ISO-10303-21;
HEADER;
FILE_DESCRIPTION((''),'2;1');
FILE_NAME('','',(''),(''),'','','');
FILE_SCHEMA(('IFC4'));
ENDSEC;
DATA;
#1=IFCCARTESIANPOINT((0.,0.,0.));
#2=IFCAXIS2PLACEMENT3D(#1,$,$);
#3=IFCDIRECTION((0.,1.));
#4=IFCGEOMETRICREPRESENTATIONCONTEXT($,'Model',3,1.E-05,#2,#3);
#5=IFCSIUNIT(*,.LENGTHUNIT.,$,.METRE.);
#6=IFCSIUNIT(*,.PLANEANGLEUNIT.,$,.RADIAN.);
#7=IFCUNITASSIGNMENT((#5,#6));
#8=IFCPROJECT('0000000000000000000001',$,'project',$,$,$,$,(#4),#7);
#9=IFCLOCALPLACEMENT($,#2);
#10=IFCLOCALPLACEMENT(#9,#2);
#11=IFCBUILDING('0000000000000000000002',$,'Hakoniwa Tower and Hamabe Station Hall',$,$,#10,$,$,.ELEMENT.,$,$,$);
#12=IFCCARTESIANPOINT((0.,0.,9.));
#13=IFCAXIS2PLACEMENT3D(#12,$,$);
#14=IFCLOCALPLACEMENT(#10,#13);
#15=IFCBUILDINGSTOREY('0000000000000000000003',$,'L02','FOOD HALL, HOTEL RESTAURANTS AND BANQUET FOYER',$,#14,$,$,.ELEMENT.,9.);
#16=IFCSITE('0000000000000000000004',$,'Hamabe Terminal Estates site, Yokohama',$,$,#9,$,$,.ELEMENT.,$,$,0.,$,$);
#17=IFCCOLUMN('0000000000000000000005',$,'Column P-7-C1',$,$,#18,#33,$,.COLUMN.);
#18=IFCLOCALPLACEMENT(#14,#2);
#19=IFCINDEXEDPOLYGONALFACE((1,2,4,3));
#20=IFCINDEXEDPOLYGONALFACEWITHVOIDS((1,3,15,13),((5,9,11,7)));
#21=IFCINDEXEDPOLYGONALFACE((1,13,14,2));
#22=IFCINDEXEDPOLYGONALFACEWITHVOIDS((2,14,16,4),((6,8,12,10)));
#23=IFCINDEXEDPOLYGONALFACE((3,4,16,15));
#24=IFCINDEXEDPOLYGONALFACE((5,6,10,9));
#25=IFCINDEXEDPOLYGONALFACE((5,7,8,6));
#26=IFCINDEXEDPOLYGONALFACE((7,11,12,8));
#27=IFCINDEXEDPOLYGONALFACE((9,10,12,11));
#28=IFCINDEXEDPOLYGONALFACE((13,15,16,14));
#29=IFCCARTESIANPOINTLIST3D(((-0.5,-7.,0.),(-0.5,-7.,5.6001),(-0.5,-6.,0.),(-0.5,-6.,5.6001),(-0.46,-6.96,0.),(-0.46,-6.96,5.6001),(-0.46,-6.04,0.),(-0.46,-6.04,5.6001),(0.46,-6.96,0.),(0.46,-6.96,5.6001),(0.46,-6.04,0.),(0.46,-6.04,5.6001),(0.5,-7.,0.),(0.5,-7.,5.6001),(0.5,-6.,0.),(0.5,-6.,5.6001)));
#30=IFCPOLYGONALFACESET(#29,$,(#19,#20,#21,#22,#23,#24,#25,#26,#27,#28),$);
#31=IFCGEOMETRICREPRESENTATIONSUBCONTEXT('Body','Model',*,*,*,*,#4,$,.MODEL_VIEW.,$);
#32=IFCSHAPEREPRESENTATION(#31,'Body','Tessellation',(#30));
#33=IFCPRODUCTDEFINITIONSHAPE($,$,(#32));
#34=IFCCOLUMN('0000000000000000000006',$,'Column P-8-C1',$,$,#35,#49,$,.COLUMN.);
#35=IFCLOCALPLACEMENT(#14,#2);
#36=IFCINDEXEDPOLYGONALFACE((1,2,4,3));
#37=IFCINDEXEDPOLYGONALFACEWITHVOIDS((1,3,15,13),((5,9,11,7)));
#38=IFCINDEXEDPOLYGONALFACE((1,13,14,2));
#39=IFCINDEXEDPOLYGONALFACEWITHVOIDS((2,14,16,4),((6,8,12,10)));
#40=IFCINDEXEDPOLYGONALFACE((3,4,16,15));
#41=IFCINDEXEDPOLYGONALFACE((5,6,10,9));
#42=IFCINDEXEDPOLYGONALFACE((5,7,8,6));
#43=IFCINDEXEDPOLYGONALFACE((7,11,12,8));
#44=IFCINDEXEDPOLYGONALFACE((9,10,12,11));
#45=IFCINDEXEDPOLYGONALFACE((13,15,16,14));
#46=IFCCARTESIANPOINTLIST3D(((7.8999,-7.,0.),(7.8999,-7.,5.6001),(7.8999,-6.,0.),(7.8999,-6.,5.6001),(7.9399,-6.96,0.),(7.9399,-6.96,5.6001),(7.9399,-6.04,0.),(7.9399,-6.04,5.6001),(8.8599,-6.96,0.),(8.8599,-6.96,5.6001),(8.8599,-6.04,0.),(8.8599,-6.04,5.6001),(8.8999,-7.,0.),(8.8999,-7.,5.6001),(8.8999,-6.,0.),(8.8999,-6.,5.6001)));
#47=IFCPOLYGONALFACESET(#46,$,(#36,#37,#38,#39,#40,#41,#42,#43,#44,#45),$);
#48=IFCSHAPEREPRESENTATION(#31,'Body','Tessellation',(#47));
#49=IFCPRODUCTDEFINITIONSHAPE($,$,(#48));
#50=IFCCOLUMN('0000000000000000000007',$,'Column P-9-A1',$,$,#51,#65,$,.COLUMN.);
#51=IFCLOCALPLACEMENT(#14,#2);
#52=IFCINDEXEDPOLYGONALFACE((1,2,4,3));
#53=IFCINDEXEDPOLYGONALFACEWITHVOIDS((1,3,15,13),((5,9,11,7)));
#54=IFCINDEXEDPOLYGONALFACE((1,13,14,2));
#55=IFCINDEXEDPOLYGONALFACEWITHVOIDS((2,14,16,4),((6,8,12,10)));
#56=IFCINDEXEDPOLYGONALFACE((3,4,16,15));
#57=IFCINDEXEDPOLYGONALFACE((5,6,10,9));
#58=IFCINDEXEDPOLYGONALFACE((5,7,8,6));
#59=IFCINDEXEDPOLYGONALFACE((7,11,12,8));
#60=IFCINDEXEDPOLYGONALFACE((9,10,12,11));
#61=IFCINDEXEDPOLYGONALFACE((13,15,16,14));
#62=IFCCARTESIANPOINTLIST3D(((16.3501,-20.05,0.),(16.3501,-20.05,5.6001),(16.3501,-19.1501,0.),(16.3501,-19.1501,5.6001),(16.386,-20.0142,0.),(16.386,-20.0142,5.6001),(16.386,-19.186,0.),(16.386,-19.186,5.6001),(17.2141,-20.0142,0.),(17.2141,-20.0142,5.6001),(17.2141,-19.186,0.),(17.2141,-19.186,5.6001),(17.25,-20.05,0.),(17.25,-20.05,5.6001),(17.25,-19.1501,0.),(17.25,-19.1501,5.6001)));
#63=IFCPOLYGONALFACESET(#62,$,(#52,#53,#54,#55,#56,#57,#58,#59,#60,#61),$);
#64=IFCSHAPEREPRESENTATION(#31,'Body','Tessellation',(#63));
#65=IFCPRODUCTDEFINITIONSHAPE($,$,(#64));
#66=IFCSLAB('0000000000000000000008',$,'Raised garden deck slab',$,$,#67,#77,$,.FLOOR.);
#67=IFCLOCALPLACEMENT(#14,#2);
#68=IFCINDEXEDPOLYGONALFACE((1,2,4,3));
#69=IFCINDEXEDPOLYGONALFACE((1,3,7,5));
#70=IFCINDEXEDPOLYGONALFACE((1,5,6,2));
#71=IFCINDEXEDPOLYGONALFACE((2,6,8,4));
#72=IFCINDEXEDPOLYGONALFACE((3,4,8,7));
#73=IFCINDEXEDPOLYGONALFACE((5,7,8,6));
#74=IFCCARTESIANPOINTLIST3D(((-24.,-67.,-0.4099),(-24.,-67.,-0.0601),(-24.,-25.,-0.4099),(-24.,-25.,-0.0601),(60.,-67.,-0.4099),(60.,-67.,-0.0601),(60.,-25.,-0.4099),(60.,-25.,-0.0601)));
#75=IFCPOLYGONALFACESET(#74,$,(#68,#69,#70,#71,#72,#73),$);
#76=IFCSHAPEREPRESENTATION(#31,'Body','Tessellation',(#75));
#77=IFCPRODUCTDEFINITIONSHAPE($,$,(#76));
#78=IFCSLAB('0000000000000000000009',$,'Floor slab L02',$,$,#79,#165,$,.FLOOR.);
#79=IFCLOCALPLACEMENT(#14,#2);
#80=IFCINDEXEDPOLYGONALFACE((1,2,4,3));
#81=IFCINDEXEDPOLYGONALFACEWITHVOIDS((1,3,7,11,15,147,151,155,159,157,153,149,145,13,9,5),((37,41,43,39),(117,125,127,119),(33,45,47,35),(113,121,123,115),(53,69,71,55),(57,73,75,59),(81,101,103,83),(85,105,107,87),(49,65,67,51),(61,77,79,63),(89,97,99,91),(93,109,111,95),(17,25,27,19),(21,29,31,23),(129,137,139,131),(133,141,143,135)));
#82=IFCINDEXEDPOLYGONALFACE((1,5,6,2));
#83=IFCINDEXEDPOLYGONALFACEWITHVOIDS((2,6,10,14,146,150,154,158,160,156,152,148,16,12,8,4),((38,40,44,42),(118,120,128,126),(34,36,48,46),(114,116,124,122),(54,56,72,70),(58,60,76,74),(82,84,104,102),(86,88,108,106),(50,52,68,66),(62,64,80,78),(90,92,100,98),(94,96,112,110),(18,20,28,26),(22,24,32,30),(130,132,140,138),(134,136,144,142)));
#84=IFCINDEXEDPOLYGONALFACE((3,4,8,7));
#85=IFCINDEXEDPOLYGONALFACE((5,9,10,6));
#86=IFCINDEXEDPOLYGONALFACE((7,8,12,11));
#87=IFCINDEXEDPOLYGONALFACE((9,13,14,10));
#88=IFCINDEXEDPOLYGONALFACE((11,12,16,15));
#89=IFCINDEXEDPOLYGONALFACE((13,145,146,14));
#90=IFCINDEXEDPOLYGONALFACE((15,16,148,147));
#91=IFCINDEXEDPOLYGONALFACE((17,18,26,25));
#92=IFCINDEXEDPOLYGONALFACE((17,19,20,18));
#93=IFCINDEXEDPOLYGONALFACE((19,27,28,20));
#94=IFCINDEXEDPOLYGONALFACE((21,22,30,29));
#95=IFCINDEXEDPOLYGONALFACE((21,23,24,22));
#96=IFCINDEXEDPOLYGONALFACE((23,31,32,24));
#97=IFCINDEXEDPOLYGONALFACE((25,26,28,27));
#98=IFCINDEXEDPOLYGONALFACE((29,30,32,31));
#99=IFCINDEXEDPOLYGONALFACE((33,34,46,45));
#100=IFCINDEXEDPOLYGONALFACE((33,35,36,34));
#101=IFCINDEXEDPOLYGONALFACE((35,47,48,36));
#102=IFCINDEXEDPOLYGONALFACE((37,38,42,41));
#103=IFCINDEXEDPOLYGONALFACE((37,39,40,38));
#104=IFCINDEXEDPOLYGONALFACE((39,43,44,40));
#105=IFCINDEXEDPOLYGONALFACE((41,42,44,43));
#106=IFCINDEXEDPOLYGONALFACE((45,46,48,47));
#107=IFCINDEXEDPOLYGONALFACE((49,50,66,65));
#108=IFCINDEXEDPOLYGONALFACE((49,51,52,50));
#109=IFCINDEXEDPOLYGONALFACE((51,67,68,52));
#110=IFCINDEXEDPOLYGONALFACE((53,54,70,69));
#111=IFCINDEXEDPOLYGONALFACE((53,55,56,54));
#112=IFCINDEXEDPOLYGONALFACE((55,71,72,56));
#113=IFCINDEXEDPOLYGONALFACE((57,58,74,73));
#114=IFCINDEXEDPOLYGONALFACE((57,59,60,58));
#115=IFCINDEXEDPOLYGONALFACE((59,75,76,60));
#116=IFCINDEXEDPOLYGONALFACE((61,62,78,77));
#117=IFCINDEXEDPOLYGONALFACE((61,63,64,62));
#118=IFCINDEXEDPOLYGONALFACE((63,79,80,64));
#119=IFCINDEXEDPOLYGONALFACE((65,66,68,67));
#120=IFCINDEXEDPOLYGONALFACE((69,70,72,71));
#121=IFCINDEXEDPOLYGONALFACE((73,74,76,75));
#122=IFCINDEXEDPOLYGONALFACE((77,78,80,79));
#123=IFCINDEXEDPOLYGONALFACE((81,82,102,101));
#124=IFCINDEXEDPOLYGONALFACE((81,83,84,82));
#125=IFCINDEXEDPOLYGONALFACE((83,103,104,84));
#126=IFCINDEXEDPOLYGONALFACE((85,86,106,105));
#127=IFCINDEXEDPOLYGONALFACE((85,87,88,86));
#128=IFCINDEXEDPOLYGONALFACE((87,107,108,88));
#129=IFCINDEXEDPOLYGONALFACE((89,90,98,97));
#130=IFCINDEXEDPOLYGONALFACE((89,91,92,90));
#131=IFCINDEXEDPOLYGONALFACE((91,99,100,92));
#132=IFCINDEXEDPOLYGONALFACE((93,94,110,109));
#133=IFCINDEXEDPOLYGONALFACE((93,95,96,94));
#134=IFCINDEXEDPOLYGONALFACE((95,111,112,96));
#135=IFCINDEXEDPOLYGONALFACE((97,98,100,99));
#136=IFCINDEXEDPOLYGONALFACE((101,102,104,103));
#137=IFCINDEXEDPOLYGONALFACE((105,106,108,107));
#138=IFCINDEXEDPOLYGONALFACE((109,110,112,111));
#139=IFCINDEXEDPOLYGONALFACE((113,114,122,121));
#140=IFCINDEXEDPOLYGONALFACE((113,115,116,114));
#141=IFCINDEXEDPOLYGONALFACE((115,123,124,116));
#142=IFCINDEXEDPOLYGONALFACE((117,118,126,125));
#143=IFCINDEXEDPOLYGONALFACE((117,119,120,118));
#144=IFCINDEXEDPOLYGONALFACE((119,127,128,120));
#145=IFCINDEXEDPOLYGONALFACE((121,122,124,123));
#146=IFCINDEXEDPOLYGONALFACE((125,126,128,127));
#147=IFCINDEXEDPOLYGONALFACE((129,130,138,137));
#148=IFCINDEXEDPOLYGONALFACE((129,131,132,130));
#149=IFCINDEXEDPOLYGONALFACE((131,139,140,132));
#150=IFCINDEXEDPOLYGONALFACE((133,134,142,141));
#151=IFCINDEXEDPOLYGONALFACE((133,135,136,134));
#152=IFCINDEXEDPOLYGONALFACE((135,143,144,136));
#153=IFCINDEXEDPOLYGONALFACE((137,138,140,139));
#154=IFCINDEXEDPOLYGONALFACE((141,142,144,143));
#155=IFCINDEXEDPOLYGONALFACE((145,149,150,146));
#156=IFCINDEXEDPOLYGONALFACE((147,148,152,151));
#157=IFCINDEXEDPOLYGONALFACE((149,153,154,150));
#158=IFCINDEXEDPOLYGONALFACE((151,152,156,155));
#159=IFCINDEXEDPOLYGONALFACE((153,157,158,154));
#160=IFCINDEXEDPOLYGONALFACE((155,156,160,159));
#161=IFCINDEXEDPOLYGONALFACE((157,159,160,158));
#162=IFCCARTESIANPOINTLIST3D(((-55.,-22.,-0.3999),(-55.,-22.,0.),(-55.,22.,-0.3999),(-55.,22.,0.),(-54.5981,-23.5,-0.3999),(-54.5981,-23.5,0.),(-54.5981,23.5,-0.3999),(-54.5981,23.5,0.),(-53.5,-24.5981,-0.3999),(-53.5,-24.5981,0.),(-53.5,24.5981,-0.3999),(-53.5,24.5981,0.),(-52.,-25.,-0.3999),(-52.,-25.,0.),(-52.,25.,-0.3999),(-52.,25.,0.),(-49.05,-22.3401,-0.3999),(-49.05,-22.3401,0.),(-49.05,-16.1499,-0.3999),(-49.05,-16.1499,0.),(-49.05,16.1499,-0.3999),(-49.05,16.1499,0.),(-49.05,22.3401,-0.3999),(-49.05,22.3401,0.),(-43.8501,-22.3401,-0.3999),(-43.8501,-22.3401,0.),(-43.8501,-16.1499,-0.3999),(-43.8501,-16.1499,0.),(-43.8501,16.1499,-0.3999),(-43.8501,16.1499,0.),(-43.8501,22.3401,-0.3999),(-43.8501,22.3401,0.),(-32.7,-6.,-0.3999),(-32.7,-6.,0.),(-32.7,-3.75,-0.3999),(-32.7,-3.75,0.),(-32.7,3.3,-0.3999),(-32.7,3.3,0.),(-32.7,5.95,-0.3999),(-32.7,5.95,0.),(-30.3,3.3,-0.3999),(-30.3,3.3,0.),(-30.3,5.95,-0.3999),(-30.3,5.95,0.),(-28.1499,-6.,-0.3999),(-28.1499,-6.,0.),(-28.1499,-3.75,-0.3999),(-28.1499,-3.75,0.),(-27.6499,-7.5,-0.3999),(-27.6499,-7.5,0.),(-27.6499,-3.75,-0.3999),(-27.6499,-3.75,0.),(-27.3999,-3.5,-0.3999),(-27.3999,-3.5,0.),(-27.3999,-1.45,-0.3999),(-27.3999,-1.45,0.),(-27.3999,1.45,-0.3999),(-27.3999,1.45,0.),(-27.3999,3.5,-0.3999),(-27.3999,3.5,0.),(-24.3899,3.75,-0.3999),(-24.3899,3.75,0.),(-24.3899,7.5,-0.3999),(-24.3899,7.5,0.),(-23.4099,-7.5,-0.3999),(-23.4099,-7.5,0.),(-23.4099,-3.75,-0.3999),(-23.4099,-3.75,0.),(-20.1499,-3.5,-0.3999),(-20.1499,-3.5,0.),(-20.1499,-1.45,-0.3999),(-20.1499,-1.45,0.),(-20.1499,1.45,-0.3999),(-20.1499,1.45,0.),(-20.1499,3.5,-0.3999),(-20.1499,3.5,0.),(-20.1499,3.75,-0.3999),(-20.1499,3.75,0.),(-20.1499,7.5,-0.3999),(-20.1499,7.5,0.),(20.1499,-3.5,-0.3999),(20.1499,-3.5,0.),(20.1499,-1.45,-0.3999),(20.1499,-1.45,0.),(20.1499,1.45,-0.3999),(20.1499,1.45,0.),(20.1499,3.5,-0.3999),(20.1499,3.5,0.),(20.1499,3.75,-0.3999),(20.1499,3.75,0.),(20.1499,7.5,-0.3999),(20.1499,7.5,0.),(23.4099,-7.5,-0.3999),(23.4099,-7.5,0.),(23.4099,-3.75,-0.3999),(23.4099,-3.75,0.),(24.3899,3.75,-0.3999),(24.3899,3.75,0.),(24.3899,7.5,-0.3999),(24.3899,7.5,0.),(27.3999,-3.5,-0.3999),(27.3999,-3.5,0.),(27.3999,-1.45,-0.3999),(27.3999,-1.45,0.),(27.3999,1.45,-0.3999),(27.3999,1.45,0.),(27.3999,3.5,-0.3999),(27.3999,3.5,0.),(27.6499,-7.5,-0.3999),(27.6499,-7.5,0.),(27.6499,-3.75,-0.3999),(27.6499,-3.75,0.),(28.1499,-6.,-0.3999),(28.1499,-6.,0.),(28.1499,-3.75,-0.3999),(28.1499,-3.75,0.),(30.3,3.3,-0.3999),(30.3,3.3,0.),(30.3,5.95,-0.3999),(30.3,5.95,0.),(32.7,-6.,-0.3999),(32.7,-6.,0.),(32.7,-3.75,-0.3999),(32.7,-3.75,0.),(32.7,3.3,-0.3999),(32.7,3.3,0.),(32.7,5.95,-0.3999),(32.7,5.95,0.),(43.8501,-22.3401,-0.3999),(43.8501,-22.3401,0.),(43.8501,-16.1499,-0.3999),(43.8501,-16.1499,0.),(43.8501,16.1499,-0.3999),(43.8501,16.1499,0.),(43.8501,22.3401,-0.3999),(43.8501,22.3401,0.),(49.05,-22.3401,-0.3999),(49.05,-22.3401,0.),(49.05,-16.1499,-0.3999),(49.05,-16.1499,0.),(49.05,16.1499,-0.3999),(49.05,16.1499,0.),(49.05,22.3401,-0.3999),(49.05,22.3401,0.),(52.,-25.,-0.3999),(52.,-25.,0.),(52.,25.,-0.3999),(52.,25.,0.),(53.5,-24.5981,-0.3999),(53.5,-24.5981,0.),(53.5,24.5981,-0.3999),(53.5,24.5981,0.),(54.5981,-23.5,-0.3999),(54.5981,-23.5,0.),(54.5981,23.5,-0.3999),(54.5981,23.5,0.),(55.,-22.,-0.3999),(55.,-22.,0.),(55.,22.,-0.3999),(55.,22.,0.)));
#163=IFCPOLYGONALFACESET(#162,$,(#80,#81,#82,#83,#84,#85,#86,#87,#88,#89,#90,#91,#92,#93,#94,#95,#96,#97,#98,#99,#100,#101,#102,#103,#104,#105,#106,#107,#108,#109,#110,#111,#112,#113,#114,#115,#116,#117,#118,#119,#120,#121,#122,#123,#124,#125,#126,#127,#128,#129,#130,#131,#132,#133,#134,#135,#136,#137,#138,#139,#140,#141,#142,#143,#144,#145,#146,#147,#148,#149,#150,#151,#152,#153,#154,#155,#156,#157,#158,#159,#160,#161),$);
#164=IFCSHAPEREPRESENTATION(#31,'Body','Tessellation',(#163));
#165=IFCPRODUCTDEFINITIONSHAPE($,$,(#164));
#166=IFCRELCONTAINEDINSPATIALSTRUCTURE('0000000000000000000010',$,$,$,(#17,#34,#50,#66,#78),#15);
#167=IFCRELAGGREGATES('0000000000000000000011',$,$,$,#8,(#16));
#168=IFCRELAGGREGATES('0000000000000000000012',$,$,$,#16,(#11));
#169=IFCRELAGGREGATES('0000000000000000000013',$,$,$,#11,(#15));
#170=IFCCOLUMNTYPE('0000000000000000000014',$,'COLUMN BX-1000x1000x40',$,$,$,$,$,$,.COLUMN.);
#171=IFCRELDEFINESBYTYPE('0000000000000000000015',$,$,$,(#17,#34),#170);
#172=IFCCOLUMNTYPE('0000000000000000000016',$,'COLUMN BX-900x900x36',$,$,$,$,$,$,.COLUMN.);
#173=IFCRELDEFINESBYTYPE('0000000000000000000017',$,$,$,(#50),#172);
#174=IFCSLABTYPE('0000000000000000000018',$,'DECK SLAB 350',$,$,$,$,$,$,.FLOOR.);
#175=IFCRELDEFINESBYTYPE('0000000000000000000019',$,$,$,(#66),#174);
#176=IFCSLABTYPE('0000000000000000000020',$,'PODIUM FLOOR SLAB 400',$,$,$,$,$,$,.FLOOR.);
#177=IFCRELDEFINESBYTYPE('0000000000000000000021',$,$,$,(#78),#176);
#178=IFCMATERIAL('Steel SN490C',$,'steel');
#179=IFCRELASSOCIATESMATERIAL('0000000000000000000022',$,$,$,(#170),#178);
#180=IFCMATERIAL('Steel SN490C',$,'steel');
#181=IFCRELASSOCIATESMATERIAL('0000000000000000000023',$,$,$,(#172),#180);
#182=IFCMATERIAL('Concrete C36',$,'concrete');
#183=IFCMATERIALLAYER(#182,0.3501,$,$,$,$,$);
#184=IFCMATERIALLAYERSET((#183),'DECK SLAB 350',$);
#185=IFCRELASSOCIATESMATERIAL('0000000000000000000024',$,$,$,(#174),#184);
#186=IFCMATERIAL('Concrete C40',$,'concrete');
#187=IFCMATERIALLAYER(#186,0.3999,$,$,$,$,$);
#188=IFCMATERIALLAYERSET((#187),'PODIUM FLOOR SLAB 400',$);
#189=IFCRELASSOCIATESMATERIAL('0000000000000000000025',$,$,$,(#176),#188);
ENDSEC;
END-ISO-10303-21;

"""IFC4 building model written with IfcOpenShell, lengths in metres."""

from ifc_helpers import new_model, si_unit, direction, frame, origin, origin_2d, place, context, subcontext, project, spatial, polyline, hollow_rectangle, outline, extrude, material, layer, layer_set, material_profile, profile_set, type_object, element, save


model = new_model("IFC4")

# Units and contexts
model_context = context("Model", 3, precision=1e-05, world=origin(), true_north=direction((0.0, 1.0)))
body_context = subcontext(model_context, "Body", "Model", "MODEL_VIEW")
ifc_project = project(units=[si_unit("LENGTHUNIT", "METRE"), si_unit("PLANEANGLEUNIT", "RADIAN")], contexts=[model_context])

# Site, building, storey
site_placement = place(None, origin())
site = spatial("IfcSite", under=ifc_project, at=site_placement, Name="Hamabe Terminal Estates site, Yokohama", CompositionType="ELEMENT", RefElevation=0.0)
building_placement = place(site_placement, origin())
building = spatial("IfcBuilding", under=site, at=building_placement, Name="Hakoniwa Tower and Hamabe Station Hall", CompositionType="ELEMENT")
storey_placement = place(building_placement, frame((0.0, 0.0, 9.0)))
storey = spatial("IfcBuildingStorey", under=building, at=storey_placement, Name="L02", Description="FOOD HALL, HOTEL RESTAURANTS AND BANQUET FOYER", CompositionType="ELEMENT", Elevation=9.0)

# Columns
ifc_material_1 = material(Name="Steel SN490C", Category="steel")
ifc_material_profile_1 = material_profile(ifc_material_1, hollow_rectangle(XDim=1.0, YDim=1.0, WallThickness=0.04, at=origin_2d()), Name="BX-1000x1000x40")
ifc_profile_set_1 = profile_set([ifc_material_profile_1], Name="Steel SN490C")
column_type_1 = type_object("IfcColumnType", Name="COLUMN BX-1000x1000x40", PredefinedType="COLUMN", material=ifc_profile_set_1)
for number, where, z_axis, x_axis, name in (
    (1, (0.0, -6.5, 0.0), (0.0, 0.0, 1.0), (1.0, 0.0, 0.0), "Column P-7-C1"),
    (2, (8.3999, -6.5, 0.0), (0.0, 0.0, 1.0), (1.0, 0.0, 0.0), "Column P-8-C1"),
):
    element("IfcColumn", number, at=place(storey_placement, frame(where, z_axis=z_axis, x_axis=x_axis)), inside=storey, type_object=column_type_1, Name=name, PredefinedType="COLUMN", context=body_context, shape_type="SweptSolid", body=[
        extrude(hollow_rectangle(XDim=1.0, YDim=1.0, WallThickness=0.04, at=origin_2d()), origin(), (0.0, 0.0, 1.0), 5.6001),
    ])
ifc_material_2 = material(Name="Steel SN490C", Category="steel")
ifc_material_profile_2 = material_profile(ifc_material_2, hollow_rectangle(XDim=0.8999, YDim=0.8999, WallThickness=0.0359, at=origin_2d()), Name="BX-900x900x36")
ifc_profile_set_2 = profile_set([ifc_material_profile_2], Name="Steel SN490C")
column_type_2 = type_object("IfcColumnType", Name="COLUMN BX-900x900x36", PredefinedType="COLUMN", material=ifc_profile_set_2)
column_placement = place(storey_placement, frame((16.8, -19.6001, 0.0), z_axis=(0.0, 0.0, 1.0), x_axis=(1.0, 0.0, 0.0)))
element("IfcColumn", 3, at=column_placement, inside=storey, type_object=column_type_2, Name="Column P-9-A1", PredefinedType="COLUMN", context=body_context, shape_type="SweptSolid", body=[
    extrude(hollow_rectangle(XDim=0.8999, YDim=0.8999, WallThickness=0.0359, at=origin_2d()), origin(), (0.0, 0.0, 1.0), 5.6001),
])

# Slabs
ifc_material_3 = material(Name="Concrete C36", Category="concrete")
ifc_layer_1 = layer(ifc_material_3, 0.3501)
ifc_layer_set_1 = layer_set([ifc_layer_1], Name="DECK SLAB 350")
slab_type_1 = type_object("IfcSlabType", Name="DECK SLAB 350", PredefinedType="FLOOR", material=ifc_layer_set_1)
slab_1_placement = place(storey_placement, frame((0.0, 0.0, -0.4099)))
element("IfcSlab", 4, at=slab_1_placement, inside=storey, type_object=slab_type_1, Name="Raised garden deck slab", PredefinedType="FLOOR", context=body_context, shape_type="SweptSolid", body=[
    extrude(outline(polyline([(60.0, -67.0), (60.0, -25.0), (-24.0, -25.0), (-24.0, -67.0), (60.0, -67.0)])), origin(), (0.0, 0.0, 1.0), 0.3499),
])
ifc_material_4 = material(Name="Concrete C40", Category="concrete")
ifc_layer_2 = layer(ifc_material_4, 0.3999)
ifc_layer_set_2 = layer_set([ifc_layer_2], Name="PODIUM FLOOR SLAB 400")
slab_type_2 = type_object("IfcSlabType", Name="PODIUM FLOOR SLAB 400", PredefinedType="FLOOR", material=ifc_layer_set_2)
slab_2_placement = place(storey_placement, frame((0.0, 0.0, -0.3999)))
element("IfcSlab", 5, at=slab_2_placement, inside=storey, type_object=slab_type_2, Name="Floor slab L02", PredefinedType="FLOOR", context=body_context, shape_type="SweptSolid", body=[
    extrude(outline(polyline([(55.0, -22.0), (55.0, 22.0), (54.5981, 23.5), (53.5, 24.5981), (52.0, 25.0), (-52.0, 25.0), (-53.5, 24.5981), (-54.5981, 23.5), (-55.0, 22.0), (-55.0, -22.0), (-54.5981, -23.5), (-53.5, -24.5981), (-52.0, -25.0), (52.0, -25.0), (53.5, -24.5981), (54.5981, -23.5), (55.0, -22.0)]), holes=[polyline([(-27.3999, 1.45), (-27.3999, 3.5), (-20.1499, 3.5), (-20.1499, 1.45), (-27.3999, 1.45)]), polyline([(-27.3999, -3.5), (-27.3999, -1.45), (-20.1499, -1.45), (-20.1499, -3.5), (-27.3999, -3.5)]), polyline([(-32.7, 3.3), (-32.7, 5.95), (-30.3, 5.95), (-30.3, 3.3), (-32.7, 3.3)]), polyline([(-32.7, -6.0), (-32.7, -3.75), (-28.1499, -3.75), (-28.1499, -6.0), (-32.7, -6.0)]), polyline([(-24.3899, 3.75), (-24.3899, 7.5), (-20.1499, 7.5), (-20.1499, 3.75), (-24.3899, 3.75)]), polyline([(-27.6499, -7.5), (-27.6499, -3.75), (-23.4099, -3.75), (-23.4099, -7.5), (-27.6499, -7.5)]), polyline([(20.1499, 1.45), (20.1499, 3.5), (27.3999, 3.5), (27.3999, 1.45), (20.1499, 1.45)]), polyline([(20.1499, -3.5), (20.1499, -1.45), (27.3999, -1.45), (27.3999, -3.5), (20.1499, -3.5)]), polyline([(30.3, 3.3), (30.3, 5.95), (32.7, 5.95), (32.7, 3.3), (30.3, 3.3)]), polyline([(28.1499, -6.0), (28.1499, -3.75), (32.7, -3.75), (32.7, -6.0), (28.1499, -6.0)]), polyline([(20.1499, 3.75), (20.1499, 7.5), (24.3899, 7.5), (24.3899, 3.75), (20.1499, 3.75)]), polyline([(23.4099, -7.5), (23.4099, -3.75), (27.6499, -3.75), (27.6499, -7.5), (23.4099, -7.5)]), polyline([(-49.05, 16.1499), (-49.05, 22.3401), (-43.8501, 22.3401), (-43.8501, 16.1499), (-49.05, 16.1499)]), polyline([(43.8501, 16.1499), (43.8501, 22.3401), (49.05, 22.3401), (49.05, 16.1499), (43.8501, 16.1499)]), polyline([(43.8501, -22.3401), (43.8501, -16.1499), (49.05, -16.1499), (49.05, -22.3401), (43.8501, -22.3401)]), polyline([(-49.05, -22.3401), (-49.05, -16.1499), (-43.8501, -16.1499), (-43.8501, -22.3401), (-49.05, -22.3401)])]), origin(), (0.0, 0.0, 1.0), 0.3999),
])

save(model, "model.ifc")
